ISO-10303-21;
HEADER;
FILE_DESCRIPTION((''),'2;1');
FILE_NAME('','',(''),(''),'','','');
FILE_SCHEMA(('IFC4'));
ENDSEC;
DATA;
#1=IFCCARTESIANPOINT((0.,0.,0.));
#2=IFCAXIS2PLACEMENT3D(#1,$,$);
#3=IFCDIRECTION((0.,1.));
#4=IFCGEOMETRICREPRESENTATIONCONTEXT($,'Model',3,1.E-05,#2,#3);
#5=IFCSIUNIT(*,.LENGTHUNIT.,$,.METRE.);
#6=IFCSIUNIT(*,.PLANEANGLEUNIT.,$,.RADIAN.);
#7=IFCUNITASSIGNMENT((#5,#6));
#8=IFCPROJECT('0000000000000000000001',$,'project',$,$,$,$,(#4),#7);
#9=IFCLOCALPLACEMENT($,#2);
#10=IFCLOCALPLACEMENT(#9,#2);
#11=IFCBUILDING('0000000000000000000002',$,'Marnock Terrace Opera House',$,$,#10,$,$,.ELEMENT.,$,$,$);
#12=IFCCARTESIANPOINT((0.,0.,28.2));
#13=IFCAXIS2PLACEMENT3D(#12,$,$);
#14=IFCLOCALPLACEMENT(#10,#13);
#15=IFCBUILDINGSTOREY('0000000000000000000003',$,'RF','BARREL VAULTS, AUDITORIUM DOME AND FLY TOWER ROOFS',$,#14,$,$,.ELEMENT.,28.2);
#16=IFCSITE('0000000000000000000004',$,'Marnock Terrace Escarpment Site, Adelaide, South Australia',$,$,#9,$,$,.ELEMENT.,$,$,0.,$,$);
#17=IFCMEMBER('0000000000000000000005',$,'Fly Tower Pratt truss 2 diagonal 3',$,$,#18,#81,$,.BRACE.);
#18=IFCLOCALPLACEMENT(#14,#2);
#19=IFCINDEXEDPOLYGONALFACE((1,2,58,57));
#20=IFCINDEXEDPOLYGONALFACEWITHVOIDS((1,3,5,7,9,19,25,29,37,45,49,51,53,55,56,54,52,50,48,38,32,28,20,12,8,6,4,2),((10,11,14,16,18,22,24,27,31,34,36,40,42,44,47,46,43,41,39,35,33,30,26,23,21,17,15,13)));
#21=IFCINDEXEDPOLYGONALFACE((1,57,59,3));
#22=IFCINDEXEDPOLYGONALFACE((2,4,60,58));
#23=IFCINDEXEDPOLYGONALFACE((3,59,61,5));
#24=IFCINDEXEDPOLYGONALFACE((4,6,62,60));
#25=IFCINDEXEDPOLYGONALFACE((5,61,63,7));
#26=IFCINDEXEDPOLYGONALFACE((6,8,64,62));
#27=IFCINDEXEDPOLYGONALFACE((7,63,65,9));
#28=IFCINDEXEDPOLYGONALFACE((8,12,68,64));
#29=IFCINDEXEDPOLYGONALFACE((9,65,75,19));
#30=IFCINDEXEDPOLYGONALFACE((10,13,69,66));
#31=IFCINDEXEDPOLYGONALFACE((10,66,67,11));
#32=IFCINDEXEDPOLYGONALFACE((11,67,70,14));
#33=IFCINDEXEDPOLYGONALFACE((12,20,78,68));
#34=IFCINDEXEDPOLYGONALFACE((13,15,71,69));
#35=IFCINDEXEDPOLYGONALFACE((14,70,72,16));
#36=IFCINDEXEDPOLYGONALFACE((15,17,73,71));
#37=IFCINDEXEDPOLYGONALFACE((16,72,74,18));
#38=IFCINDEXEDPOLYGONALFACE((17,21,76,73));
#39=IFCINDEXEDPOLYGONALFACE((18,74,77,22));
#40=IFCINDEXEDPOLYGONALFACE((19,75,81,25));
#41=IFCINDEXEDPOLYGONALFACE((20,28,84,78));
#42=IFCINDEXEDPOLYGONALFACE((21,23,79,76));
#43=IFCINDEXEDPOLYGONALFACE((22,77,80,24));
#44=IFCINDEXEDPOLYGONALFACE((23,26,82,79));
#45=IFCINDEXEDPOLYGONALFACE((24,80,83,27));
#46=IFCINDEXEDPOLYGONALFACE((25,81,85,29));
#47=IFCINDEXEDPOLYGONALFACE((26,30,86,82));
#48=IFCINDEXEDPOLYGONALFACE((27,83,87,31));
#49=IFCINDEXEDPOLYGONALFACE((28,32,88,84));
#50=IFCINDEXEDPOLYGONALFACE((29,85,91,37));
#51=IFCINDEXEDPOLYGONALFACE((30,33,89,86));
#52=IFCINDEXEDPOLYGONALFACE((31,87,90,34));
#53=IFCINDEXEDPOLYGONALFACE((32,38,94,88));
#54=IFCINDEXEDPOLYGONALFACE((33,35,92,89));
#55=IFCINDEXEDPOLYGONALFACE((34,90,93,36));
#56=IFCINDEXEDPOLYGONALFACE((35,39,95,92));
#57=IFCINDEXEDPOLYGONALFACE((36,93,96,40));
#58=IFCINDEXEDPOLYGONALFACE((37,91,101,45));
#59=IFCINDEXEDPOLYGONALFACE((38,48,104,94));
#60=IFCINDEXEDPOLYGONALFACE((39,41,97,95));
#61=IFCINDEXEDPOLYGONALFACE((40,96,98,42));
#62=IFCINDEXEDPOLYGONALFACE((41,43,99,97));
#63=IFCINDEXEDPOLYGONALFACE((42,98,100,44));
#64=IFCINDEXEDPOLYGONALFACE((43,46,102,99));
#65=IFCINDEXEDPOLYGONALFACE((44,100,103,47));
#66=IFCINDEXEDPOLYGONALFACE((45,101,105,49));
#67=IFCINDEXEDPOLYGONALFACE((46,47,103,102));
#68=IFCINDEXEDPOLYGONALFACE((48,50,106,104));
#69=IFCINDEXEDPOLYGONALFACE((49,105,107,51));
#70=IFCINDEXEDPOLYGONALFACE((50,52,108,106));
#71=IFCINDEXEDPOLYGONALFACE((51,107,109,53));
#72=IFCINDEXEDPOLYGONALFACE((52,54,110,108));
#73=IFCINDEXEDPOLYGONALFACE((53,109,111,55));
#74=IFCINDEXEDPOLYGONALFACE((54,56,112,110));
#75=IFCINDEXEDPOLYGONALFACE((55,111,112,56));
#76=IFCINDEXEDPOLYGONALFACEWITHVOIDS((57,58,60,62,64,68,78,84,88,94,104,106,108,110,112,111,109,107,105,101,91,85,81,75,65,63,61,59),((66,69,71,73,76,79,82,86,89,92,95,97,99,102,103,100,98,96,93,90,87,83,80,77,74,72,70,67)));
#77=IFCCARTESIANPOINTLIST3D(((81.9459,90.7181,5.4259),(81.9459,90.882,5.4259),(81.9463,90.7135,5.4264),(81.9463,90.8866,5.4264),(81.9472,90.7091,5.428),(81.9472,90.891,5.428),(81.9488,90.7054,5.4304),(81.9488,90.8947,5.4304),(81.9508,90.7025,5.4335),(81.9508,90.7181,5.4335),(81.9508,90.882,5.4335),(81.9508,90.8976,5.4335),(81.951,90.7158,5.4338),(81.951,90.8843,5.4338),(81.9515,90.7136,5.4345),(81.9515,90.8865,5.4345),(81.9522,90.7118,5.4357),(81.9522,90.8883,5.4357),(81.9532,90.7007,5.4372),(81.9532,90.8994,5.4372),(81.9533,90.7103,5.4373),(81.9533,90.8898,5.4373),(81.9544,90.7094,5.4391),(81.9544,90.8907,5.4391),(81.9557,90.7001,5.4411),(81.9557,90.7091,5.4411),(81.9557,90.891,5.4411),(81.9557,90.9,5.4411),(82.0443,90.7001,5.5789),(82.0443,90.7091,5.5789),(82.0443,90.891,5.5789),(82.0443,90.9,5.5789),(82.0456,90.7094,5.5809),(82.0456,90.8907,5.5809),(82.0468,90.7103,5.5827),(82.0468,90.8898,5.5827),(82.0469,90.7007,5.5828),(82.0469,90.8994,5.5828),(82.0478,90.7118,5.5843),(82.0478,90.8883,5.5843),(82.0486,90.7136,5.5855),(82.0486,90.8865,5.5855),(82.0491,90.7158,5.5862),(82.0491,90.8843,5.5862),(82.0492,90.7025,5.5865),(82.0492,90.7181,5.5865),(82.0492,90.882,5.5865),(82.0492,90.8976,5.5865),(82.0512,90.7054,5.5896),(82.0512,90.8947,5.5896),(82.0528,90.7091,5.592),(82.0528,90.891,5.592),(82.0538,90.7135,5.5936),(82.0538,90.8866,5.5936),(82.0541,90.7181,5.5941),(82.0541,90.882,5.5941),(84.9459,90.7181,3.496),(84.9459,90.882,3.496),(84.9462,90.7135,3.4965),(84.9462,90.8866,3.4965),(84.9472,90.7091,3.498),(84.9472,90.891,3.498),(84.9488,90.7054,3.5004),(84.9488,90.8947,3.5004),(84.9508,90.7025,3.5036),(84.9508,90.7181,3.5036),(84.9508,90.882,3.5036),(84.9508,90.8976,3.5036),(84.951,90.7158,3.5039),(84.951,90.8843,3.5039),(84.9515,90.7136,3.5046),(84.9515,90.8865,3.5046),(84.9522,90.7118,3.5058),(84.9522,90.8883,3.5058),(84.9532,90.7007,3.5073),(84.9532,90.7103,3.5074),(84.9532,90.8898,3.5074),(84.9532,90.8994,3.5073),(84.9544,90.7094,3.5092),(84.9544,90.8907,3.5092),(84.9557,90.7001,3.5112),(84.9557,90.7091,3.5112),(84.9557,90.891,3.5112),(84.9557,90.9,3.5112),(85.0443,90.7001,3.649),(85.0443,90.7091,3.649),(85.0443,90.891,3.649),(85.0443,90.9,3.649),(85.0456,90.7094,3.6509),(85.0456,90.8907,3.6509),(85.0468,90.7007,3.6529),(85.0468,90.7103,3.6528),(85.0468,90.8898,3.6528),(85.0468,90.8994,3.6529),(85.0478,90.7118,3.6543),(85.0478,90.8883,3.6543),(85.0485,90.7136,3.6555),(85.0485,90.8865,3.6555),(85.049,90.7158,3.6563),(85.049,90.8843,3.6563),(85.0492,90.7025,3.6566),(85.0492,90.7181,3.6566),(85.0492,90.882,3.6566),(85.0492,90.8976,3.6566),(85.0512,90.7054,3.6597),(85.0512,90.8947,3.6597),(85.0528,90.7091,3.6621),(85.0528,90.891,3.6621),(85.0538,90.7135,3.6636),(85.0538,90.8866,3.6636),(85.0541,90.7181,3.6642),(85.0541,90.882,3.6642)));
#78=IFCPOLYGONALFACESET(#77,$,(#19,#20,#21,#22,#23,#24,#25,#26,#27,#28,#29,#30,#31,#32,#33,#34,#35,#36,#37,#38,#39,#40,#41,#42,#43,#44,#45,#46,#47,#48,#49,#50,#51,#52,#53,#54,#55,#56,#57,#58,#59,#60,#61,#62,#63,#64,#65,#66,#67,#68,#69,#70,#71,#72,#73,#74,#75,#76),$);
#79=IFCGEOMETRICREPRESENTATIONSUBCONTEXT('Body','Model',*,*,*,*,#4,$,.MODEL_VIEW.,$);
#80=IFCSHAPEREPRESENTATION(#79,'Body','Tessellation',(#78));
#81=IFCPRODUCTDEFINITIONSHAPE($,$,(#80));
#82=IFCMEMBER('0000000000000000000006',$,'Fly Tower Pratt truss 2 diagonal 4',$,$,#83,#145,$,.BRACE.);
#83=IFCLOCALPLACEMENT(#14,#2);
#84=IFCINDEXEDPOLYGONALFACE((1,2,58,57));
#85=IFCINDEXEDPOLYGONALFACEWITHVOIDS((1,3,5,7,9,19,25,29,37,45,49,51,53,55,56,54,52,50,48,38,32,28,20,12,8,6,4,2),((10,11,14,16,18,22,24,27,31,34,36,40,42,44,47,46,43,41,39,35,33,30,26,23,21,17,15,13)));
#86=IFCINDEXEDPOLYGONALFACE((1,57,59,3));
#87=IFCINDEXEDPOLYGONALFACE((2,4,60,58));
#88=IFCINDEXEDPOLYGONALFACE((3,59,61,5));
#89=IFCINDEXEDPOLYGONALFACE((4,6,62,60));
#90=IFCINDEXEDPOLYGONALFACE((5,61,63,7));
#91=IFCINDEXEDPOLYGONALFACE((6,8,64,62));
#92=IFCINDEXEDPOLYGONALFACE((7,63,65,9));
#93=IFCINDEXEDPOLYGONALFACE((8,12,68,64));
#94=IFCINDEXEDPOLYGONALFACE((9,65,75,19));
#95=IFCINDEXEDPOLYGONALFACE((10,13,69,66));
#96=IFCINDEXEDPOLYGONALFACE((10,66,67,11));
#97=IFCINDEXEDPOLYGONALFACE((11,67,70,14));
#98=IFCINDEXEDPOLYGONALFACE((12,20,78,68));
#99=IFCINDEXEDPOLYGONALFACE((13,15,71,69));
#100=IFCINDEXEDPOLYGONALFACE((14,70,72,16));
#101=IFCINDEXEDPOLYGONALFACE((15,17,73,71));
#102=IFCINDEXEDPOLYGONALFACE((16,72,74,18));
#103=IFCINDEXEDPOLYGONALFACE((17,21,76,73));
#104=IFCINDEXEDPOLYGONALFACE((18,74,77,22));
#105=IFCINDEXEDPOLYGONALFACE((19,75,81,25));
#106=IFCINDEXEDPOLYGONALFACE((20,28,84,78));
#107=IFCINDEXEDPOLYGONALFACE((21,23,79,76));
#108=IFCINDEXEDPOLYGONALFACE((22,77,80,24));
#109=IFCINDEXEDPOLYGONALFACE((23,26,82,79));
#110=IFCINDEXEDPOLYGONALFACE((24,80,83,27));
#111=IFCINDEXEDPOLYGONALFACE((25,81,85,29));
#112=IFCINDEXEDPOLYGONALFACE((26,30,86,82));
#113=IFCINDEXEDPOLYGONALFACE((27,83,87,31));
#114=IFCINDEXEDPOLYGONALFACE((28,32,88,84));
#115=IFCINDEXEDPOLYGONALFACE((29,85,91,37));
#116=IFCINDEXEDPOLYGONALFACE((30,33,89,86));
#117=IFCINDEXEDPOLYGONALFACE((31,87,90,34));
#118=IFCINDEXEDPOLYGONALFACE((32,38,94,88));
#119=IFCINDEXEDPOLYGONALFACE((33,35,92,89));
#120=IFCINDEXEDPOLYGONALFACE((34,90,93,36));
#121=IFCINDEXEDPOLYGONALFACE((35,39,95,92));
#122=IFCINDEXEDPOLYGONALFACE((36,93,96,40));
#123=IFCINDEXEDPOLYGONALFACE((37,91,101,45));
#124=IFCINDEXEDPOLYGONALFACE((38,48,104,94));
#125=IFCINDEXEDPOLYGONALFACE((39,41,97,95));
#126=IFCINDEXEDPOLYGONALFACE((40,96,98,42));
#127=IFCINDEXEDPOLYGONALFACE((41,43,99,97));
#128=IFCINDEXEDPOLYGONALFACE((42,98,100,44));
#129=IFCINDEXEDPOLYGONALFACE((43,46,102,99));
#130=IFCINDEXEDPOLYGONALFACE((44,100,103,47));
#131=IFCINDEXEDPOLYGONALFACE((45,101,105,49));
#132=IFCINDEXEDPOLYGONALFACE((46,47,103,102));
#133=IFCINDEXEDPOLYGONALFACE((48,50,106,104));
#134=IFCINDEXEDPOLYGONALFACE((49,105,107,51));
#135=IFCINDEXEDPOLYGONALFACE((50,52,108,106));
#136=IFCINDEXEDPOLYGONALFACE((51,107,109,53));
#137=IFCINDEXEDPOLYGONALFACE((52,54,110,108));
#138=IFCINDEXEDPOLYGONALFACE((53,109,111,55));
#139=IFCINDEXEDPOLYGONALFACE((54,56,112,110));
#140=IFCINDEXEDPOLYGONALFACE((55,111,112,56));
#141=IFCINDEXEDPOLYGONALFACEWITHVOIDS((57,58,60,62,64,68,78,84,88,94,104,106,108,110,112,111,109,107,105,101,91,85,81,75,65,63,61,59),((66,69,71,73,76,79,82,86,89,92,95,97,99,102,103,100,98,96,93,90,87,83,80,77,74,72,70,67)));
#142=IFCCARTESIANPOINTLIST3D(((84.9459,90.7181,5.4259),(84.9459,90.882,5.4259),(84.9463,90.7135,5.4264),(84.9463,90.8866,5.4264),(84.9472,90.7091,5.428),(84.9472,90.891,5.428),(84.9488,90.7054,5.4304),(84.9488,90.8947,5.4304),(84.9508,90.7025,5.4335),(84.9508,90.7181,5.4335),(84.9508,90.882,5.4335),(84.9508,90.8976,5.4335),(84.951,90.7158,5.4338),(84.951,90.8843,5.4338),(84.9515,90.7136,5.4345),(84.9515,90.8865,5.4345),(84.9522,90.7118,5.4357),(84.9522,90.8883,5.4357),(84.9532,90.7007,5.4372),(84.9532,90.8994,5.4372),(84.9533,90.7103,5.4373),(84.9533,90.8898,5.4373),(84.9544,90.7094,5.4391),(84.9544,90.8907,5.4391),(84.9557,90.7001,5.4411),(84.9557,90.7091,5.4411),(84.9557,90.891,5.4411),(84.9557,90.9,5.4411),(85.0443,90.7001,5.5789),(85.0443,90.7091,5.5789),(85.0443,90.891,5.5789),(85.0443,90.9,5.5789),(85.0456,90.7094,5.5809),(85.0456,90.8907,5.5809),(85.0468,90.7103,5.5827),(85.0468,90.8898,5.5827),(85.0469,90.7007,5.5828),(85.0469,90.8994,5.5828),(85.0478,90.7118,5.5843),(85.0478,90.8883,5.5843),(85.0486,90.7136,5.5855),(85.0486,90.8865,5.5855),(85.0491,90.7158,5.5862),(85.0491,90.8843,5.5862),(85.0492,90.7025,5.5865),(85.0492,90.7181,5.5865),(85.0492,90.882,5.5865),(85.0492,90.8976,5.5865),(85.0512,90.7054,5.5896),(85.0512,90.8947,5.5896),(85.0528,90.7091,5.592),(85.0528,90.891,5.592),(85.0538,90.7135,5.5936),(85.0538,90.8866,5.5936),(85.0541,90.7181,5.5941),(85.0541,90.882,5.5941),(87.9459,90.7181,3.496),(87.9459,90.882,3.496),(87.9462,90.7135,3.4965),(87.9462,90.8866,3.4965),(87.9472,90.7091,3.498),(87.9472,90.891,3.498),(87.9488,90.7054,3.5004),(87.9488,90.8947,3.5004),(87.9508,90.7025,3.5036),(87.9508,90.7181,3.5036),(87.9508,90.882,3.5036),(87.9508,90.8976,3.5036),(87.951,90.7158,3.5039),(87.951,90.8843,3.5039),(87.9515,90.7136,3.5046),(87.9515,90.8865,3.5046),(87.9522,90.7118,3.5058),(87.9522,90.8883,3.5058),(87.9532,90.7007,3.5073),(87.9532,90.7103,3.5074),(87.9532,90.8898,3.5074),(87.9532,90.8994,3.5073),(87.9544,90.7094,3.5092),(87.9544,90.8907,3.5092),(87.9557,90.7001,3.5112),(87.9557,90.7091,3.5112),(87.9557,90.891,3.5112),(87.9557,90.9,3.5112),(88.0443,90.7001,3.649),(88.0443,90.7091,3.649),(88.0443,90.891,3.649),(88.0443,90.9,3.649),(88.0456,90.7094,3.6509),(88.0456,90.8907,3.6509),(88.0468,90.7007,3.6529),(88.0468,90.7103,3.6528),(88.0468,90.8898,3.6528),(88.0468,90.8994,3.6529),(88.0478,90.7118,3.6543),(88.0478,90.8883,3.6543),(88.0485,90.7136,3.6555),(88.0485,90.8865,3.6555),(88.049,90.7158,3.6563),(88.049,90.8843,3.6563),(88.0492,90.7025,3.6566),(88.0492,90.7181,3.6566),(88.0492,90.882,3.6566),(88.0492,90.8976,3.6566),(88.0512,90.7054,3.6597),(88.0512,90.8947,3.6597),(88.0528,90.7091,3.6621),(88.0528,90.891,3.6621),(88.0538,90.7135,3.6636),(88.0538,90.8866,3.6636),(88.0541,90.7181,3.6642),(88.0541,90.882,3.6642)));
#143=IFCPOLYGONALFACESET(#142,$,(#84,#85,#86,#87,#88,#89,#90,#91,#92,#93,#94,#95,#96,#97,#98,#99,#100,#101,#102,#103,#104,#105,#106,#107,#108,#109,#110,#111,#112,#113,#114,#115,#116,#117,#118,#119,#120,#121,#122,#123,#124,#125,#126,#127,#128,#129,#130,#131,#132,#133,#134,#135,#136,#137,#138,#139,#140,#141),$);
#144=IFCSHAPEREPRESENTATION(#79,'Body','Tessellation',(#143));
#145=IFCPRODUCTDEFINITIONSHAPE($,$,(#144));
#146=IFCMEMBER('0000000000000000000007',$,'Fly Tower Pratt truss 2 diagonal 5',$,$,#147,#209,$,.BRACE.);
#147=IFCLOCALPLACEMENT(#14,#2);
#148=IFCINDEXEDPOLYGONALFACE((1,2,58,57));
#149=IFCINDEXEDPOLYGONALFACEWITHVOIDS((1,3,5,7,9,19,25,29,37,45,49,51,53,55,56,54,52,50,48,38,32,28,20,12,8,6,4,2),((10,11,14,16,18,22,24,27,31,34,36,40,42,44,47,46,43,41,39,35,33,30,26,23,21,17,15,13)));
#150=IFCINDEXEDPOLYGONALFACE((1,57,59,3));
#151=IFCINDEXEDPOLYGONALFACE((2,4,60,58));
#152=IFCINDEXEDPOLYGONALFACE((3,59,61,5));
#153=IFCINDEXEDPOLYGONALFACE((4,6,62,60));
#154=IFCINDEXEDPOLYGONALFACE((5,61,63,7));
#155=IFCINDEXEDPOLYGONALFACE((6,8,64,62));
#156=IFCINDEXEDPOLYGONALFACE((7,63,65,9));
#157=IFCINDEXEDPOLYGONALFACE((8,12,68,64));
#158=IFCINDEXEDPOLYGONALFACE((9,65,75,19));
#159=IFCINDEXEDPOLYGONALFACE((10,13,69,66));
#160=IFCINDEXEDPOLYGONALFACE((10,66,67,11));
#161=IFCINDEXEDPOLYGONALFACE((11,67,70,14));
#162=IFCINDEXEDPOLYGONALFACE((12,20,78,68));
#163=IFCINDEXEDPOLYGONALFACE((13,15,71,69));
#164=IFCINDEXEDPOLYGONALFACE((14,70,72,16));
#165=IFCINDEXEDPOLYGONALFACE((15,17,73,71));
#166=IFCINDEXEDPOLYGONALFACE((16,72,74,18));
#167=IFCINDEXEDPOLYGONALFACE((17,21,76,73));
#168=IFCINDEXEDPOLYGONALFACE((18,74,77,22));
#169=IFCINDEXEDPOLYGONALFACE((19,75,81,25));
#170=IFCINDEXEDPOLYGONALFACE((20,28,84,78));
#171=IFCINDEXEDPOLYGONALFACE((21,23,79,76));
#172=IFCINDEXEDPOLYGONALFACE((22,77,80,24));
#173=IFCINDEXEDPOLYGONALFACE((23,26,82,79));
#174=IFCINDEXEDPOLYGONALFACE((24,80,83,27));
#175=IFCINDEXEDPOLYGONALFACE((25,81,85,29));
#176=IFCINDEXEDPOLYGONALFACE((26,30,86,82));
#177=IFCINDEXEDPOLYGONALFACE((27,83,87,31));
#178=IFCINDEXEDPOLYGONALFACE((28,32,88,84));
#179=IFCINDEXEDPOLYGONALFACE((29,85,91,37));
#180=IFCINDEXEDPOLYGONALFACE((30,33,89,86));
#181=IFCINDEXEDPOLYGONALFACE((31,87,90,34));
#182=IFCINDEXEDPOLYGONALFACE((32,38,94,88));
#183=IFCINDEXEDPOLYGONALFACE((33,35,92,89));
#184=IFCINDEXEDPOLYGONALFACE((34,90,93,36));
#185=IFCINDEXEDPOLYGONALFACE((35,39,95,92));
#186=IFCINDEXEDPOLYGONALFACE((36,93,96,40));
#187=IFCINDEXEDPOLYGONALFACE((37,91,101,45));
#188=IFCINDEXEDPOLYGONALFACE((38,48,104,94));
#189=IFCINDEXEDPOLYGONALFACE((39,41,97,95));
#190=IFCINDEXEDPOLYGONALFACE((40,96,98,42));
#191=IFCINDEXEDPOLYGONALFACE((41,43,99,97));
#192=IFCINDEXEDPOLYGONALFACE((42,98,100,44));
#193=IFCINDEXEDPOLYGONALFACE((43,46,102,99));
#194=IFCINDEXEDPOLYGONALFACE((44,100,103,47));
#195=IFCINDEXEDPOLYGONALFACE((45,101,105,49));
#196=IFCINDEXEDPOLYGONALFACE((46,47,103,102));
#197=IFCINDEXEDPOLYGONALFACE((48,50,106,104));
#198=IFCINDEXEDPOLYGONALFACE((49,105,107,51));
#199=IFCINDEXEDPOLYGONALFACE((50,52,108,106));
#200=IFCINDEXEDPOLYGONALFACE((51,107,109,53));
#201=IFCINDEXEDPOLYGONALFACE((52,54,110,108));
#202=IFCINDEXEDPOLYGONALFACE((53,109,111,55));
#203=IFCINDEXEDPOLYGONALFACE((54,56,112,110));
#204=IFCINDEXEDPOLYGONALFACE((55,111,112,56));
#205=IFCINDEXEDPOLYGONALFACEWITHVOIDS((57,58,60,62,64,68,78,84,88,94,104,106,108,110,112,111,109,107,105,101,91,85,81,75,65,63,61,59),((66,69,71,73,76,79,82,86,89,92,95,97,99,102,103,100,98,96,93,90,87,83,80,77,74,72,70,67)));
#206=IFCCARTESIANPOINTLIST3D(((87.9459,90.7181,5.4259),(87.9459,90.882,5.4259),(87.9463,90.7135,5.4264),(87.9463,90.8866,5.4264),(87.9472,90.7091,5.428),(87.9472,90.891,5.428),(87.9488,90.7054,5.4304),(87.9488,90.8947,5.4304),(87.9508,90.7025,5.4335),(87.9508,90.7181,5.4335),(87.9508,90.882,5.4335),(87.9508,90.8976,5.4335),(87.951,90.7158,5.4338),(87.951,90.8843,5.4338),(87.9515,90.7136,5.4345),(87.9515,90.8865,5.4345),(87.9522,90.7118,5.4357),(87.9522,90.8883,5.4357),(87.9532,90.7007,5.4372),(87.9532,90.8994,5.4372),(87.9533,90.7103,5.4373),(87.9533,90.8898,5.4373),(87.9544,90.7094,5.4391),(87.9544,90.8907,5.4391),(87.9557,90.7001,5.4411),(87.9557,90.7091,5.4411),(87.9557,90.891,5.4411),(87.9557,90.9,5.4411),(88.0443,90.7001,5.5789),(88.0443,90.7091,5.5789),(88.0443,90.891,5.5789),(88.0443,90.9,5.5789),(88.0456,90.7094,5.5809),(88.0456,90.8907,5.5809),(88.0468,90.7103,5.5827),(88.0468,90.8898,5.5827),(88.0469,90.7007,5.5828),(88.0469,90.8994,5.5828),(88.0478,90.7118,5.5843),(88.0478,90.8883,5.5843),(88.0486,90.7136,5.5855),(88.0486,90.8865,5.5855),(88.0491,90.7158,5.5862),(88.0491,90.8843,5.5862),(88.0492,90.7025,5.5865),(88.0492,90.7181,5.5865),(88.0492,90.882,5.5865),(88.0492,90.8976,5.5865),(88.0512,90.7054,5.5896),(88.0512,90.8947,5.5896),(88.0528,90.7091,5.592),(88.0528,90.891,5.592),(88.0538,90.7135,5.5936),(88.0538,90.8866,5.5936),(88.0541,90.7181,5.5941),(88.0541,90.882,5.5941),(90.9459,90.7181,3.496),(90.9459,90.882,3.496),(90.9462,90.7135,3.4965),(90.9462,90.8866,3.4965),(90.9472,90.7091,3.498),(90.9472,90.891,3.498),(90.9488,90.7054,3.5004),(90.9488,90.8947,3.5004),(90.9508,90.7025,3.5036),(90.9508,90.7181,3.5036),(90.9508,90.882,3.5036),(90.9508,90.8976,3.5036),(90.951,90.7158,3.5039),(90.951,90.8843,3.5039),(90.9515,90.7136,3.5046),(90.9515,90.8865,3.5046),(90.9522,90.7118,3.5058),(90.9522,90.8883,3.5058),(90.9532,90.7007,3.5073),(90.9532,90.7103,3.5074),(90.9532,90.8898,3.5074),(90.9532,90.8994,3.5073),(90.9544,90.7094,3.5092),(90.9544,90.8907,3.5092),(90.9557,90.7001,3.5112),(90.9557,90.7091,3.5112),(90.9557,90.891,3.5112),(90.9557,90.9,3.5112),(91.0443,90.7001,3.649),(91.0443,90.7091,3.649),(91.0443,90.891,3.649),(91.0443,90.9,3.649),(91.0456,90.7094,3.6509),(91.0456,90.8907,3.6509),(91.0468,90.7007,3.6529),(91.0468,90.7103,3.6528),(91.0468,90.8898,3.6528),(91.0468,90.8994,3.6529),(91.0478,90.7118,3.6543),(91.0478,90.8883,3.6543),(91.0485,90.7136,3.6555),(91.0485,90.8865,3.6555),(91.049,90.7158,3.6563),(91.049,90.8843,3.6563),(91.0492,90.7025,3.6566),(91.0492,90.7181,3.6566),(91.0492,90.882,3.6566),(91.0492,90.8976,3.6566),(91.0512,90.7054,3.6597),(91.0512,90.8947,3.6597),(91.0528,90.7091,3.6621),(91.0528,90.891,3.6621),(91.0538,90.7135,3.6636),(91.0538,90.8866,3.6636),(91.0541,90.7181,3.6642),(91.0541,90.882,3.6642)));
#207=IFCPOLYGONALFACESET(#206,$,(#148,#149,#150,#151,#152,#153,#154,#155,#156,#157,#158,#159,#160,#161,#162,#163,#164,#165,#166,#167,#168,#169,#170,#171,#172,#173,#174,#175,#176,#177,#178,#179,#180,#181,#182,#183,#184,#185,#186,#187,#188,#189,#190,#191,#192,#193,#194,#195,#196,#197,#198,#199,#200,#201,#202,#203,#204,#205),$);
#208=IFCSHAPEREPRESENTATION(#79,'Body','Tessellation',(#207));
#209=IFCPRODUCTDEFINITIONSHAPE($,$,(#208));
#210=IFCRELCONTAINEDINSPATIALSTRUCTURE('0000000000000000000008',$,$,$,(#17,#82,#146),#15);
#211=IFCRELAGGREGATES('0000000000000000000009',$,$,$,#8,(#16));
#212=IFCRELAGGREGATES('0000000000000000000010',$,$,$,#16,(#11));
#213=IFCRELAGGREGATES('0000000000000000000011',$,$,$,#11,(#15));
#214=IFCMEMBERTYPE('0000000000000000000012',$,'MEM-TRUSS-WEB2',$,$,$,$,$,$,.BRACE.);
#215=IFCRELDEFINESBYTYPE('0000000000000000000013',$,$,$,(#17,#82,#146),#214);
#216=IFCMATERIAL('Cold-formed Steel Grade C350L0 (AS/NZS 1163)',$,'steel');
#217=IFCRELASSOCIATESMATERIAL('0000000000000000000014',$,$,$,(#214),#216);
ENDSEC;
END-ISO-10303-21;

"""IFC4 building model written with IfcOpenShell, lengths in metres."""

from ifc_helpers import new_model, si_unit, direction, frame, origin, origin_2d, place, context, subcontext, project, spatial, hollow_rectangle, extrude, material, material_profile, profile_set, type_object, element, save


model = new_model("IFC4")

# Units and contexts
model_context = context("Model", 3, precision=1e-05, world=origin(), true_north=direction((0.0, 1.0)))
body_context = subcontext(model_context, "Body", "Model", "MODEL_VIEW")
ifc_project = project(units=[si_unit("LENGTHUNIT", "METRE"), si_unit("PLANEANGLEUNIT", "RADIAN")], contexts=[model_context])

# Site, building, storey
site_placement = place(None, origin())
site = spatial("IfcSite", under=ifc_project, at=site_placement, Name="Marnock Terrace Escarpment Site, Adelaide, South Australia", CompositionType="ELEMENT", RefElevation=0.0)
building_placement = place(site_placement, origin())
building = spatial("IfcBuilding", under=site, at=building_placement, Name="Marnock Terrace Opera House", CompositionType="ELEMENT")
storey_placement = place(building_placement, frame((0.0, 0.0, 28.2)))
storey = spatial("IfcBuildingStorey", under=building, at=storey_placement, Name="RF", Description="BARREL VAULTS, AUDITORIUM DOME AND FLY TOWER ROOFS", CompositionType="ELEMENT", Elevation=28.2)

# Members
ifc_material_1 = material(Name="Cold-formed Steel Grade C350L0 (AS/NZS 1163)", Category="steel")
ifc_material_profile_1 = material_profile(ifc_material_1, hollow_rectangle(XDim=0.2, YDim=0.2, WallThickness=0.009, InnerFilletRadius=0.009, OuterFilletRadius=0.0181, at=origin_2d()))
ifc_profile_set_1 = profile_set([ifc_material_profile_1], Name="Cold-formed Steel Grade C350L0 (AS/NZS 1163)")
member_type_1 = type_object("IfcMemberType", Name="MEM-TRUSS-WEB2", PredefinedType="BRACE", material=ifc_profile_set_1)
for number, where, z_axis, x_axis, name in (
    (1, (85.0, 90.8, 3.5801), (-0.841005, 0.0, 0.541027), (0.0, -1.0, 0.0), "Fly Tower Pratt truss 2 diagonal 3"),
    (2, (88.0, 90.8, 3.5801), (-0.841005, 0.0, 0.541027), (0.0, -1.0, 0.0), "Fly Tower Pratt truss 2 diagonal 4"),
    (3, (91.0, 90.8, 3.5801), (-0.841005, 0.0, 0.541027), (0.0, -1.0, 0.0), "Fly Tower Pratt truss 2 diagonal 5"),
):
    element("IfcMember", number, at=place(storey_placement, frame(where, z_axis=z_axis, x_axis=x_axis)), inside=storey, type_object=member_type_1, Name=name, PredefinedType="BRACE", context=body_context, shape_type="SweptSolid", body=[
        extrude(hollow_rectangle(XDim=0.2, YDim=0.2, WallThickness=0.009, InnerFilletRadius=0.009, OuterFilletRadius=0.0181, at=origin_2d()), origin(), (0.0, 0.0, 1.0), 3.5671),
    ])

save(model, "model.ifc")
